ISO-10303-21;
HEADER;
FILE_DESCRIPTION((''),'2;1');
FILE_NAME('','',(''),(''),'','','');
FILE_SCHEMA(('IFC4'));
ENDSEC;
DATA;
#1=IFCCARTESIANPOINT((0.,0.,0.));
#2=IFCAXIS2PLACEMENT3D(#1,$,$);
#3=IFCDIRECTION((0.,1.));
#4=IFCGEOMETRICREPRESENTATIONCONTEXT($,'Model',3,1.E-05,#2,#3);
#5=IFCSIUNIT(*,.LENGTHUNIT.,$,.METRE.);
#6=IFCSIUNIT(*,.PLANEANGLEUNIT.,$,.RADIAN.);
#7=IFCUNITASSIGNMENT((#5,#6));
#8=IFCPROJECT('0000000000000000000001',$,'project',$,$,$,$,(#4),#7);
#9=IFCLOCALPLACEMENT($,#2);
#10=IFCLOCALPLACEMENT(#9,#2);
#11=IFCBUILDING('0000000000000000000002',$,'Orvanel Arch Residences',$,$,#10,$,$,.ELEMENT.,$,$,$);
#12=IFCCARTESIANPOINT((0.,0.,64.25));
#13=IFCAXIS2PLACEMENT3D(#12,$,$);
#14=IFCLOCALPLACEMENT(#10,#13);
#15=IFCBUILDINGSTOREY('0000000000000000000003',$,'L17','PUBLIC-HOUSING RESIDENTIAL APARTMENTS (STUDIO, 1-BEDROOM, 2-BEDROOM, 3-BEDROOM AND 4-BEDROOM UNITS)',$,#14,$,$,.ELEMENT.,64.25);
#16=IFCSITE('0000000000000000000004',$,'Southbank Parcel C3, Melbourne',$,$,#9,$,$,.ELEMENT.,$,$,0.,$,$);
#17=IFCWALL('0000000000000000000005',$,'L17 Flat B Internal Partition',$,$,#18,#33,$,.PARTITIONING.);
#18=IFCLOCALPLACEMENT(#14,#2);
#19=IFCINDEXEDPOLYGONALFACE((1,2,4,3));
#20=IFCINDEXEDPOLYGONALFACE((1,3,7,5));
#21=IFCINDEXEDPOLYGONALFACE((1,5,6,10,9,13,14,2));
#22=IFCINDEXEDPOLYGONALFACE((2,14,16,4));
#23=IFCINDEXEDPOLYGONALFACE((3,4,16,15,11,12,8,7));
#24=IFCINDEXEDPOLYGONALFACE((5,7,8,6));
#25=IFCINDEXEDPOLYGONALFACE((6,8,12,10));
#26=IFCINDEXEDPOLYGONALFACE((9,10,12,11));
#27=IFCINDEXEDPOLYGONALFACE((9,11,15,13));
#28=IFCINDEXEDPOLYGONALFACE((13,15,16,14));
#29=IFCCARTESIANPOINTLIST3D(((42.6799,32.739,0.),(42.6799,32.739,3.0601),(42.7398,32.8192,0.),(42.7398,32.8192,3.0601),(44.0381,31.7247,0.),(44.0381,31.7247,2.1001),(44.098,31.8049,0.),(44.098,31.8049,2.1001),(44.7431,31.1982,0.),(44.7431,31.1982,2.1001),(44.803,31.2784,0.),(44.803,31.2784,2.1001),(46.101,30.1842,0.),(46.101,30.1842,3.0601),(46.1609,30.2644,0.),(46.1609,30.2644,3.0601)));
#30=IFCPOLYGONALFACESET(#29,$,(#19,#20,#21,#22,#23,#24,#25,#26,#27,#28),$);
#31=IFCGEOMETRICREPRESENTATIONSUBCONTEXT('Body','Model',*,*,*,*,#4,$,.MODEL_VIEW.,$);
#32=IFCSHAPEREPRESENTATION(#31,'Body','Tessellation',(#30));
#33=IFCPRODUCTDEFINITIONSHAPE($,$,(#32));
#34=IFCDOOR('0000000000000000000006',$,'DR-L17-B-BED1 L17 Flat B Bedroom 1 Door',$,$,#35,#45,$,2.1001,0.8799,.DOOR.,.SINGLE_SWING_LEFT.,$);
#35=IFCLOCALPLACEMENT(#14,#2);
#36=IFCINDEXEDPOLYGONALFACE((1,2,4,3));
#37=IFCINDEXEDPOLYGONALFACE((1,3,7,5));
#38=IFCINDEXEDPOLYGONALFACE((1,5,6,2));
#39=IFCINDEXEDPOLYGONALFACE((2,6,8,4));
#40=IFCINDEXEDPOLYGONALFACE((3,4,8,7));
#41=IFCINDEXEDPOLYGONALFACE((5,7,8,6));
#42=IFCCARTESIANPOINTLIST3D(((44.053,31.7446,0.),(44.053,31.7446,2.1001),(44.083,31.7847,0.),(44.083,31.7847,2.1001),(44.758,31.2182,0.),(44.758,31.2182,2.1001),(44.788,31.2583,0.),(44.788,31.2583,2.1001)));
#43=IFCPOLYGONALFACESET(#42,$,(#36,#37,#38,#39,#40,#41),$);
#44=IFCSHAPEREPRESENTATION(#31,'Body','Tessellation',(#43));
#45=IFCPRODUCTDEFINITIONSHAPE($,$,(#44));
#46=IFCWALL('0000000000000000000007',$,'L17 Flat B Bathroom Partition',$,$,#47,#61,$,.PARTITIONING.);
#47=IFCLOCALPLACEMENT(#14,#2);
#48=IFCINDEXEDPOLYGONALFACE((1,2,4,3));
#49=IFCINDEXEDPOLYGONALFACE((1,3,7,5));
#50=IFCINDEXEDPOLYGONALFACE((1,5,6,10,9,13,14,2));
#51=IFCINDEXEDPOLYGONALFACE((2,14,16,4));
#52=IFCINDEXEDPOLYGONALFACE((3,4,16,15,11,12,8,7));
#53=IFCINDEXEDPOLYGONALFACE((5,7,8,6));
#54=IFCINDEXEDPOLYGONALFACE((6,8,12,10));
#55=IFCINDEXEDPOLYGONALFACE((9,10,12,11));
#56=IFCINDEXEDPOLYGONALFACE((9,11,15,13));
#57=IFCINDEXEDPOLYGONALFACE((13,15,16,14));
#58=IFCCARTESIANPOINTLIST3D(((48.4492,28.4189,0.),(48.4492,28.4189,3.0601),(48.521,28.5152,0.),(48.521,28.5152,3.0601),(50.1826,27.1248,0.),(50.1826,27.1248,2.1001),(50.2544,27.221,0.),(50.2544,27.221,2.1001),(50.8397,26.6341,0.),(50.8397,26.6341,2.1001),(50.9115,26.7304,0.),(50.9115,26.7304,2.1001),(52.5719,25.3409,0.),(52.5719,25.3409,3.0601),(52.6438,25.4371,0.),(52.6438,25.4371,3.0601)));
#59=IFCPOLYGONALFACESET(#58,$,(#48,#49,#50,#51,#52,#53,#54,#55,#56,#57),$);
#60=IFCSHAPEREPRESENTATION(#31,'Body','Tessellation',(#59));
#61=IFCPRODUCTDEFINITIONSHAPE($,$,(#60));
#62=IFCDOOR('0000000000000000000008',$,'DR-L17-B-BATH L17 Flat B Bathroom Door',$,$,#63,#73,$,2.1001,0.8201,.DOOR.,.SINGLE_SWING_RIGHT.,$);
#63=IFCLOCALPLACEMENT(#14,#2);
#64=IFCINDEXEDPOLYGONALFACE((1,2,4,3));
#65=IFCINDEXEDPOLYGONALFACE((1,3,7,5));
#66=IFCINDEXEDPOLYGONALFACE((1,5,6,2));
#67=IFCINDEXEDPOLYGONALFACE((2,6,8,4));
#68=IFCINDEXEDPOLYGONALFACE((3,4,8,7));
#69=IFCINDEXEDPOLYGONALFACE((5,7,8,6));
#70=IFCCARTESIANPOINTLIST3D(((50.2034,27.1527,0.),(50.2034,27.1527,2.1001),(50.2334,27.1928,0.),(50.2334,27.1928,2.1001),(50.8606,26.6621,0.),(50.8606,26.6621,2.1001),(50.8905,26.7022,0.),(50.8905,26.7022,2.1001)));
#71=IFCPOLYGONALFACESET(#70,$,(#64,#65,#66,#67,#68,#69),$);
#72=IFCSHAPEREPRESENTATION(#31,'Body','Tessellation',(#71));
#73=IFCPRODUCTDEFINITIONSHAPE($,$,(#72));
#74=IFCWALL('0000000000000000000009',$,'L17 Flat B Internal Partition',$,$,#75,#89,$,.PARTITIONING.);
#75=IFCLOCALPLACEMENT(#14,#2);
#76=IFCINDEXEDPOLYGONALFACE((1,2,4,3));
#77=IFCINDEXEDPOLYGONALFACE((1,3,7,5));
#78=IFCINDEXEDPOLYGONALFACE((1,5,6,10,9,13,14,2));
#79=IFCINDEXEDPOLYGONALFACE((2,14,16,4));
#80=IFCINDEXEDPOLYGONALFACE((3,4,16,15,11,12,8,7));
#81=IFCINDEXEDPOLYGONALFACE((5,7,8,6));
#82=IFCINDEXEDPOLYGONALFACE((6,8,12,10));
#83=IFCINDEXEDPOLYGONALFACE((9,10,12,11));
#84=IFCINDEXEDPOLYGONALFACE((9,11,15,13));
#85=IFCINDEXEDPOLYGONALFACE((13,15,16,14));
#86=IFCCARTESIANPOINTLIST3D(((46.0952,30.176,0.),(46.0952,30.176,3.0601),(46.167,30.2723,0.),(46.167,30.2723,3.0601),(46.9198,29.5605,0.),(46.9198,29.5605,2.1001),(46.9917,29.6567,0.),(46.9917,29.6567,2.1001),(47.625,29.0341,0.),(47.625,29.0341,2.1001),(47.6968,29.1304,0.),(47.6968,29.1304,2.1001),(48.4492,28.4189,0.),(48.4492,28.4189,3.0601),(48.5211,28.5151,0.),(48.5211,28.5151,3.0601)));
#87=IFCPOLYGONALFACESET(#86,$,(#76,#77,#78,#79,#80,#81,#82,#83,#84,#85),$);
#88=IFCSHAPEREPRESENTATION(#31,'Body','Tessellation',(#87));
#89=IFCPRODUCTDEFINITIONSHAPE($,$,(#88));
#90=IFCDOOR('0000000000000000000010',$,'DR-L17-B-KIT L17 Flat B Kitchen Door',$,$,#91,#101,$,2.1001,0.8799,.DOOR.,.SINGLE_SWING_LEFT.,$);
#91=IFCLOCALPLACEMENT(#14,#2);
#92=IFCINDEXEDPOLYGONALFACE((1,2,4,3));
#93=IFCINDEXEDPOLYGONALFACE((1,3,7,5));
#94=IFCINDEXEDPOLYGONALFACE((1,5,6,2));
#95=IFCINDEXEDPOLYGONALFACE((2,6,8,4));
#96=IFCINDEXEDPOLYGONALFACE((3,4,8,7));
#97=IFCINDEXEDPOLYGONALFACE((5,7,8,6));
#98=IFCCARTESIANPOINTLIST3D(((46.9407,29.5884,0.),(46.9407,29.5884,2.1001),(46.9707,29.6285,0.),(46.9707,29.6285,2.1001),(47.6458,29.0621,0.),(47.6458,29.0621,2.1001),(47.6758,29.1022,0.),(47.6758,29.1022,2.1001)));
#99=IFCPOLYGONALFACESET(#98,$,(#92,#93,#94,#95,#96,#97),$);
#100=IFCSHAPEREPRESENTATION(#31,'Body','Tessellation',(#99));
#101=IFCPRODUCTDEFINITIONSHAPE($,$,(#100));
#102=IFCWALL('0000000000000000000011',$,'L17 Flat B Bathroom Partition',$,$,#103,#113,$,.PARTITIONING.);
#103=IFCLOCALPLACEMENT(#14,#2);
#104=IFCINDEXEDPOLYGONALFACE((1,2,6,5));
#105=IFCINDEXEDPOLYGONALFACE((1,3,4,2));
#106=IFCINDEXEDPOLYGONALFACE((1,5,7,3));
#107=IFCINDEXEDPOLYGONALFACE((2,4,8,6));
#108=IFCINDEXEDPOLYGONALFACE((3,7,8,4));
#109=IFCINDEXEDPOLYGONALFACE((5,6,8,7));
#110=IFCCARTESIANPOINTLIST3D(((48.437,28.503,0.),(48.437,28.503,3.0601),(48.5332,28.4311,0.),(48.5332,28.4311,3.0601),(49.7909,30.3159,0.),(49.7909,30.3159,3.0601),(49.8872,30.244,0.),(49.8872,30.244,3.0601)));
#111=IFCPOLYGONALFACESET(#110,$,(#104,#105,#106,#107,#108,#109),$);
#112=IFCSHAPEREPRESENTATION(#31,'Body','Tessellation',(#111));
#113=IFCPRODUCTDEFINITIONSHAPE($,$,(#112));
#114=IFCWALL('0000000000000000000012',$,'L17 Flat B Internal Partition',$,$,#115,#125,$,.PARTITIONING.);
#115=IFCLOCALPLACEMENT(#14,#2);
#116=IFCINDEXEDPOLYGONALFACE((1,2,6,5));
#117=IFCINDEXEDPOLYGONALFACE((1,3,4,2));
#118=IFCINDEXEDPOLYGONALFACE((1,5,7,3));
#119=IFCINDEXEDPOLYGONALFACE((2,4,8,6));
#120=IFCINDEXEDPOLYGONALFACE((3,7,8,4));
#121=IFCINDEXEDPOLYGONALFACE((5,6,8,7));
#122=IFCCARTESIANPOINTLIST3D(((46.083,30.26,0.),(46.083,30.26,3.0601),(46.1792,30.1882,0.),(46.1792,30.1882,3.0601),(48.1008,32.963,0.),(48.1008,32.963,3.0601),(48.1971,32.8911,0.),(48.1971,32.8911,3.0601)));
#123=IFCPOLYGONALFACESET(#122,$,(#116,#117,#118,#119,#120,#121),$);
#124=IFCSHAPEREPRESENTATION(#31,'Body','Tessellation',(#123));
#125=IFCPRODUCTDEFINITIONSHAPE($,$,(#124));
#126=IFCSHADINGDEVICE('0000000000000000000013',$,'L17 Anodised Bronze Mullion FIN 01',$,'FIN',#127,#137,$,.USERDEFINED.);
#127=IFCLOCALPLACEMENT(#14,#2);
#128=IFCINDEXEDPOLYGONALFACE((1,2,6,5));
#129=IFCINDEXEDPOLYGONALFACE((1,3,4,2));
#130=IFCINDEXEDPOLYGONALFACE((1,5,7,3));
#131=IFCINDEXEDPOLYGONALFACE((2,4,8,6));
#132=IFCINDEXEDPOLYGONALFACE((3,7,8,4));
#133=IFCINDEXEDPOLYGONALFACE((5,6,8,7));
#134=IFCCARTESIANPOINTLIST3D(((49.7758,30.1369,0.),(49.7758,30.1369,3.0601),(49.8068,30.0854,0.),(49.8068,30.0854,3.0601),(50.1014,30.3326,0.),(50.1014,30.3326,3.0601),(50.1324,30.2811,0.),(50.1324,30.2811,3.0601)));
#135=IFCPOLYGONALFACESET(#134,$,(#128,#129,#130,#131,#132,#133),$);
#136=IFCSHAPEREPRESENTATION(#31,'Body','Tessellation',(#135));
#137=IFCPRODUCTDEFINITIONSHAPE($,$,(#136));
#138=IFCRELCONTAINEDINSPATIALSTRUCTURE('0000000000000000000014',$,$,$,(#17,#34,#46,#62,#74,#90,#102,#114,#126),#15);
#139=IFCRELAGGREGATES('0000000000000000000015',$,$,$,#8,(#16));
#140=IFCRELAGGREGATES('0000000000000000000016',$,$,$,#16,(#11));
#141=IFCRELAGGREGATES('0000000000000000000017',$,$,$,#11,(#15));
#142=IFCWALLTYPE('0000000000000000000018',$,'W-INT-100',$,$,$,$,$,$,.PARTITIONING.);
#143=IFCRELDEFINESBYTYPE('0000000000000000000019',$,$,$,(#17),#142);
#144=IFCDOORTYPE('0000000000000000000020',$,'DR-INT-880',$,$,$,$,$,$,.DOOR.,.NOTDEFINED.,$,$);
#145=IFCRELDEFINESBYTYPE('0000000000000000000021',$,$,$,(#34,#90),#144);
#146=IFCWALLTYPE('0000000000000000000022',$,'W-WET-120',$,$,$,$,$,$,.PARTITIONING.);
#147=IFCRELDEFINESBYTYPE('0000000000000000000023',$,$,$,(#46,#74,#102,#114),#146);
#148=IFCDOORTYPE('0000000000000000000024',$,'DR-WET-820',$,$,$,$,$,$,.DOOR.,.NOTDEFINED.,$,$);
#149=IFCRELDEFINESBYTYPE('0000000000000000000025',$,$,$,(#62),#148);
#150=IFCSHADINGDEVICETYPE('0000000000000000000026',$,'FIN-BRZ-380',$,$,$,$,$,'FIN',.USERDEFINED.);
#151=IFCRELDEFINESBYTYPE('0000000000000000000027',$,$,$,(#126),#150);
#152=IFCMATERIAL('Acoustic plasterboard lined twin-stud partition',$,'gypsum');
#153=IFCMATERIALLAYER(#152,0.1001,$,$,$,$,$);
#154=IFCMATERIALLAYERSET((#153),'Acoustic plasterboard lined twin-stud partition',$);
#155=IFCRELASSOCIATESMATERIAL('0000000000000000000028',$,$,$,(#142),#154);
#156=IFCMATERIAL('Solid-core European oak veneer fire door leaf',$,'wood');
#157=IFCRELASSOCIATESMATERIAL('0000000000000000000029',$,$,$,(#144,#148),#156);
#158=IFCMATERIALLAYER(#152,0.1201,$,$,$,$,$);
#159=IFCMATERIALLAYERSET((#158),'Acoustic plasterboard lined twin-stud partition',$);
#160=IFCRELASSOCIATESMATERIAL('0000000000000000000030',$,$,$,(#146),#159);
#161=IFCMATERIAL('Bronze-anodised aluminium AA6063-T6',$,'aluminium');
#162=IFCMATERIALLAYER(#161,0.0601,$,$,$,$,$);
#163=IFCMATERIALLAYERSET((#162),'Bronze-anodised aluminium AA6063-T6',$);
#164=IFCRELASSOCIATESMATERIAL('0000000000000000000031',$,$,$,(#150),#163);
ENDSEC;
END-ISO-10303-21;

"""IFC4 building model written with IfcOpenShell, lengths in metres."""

from ifc_helpers import new_model, si_unit, direction, frame, frame_2d, origin, origin_2d, place, context, subcontext, project, spatial, rectangle, extrude, material, layer, layer_set, type_object, element, fill, save


model = new_model("IFC4")

# Units and contexts
model_context = context("Model", 3, precision=1e-05, world=origin(), true_north=direction((0.0, 1.0)))
body_context = subcontext(model_context, "Body", "Model", "MODEL_VIEW")
ifc_project = project(units=[si_unit("LENGTHUNIT", "METRE"), si_unit("PLANEANGLEUNIT", "RADIAN")], contexts=[model_context])

# Site, building, storey
site_placement = place(None, origin())
site = spatial("IfcSite", under=ifc_project, at=site_placement, Name="Southbank Parcel C3, Melbourne", CompositionType="ELEMENT", RefElevation=0.0)
building_placement = place(site_placement, origin())
building = spatial("IfcBuilding", under=site, at=building_placement, Name="Orvanel Arch Residences", CompositionType="ELEMENT")
storey_placement = place(building_placement, frame((0.0, 0.0, 64.25)))
storey = spatial("IfcBuildingStorey", under=building, at=storey_placement, Name="L17", Description="PUBLIC-HOUSING RESIDENTIAL APARTMENTS (STUDIO, 1-BEDROOM, 2-BEDROOM, 3-BEDROOM AND 4-BEDROOM UNITS)", CompositionType="ELEMENT", Elevation=64.25)

# Shared definitions
ifc_material_1 = material(Name="Bronze-anodised aluminium AA6063-T6", Category="aluminium")

# Walls, openings, doors
ifc_material_2 = material(Name="Acoustic plasterboard lined twin-stud partition", Category="gypsum")
ifc_layer_1 = layer(ifc_material_2, 0.1001)
ifc_layer_set_1 = layer_set([ifc_layer_1], Name="Acoustic plasterboard lined twin-stud partition")
wall_type_1 = type_object("IfcWallType", Name="W-INT-100", PredefinedType="PARTITIONING", material=ifc_layer_set_1)
wall_1_placement = place(storey_placement, frame((42.71, 32.7791, 0.0), z_axis=(0.0, 0.0, 1.0), x_axis=(0.801226, -0.598361, 0.0)))
wall_1 = element("IfcWall", 1, at=wall_1_placement, inside=storey, type_object=wall_type_1, Name="L17 Flat B Internal Partition", PredefinedType="PARTITIONING", context=body_context, shape_type="SweptSolid", body=[
    extrude(rectangle(XDim=4.2698, YDim=0.1001, at=frame_2d((2.1348, 0.0))), origin(), (0.0, 0.0, 1.0), 3.0601),
])
opening_1_placement = place(wall_1_placement, frame((1.6951, 0.0, 0.0)))
opening_1 = element("IfcOpeningElement", 2, at=opening_1_placement, cuts=wall_1, PredefinedType="OPENING", context=body_context, shape_type="SweptSolid", body=[
    extrude(rectangle(XDim=0.8799, YDim=2.1001, at=frame_2d((0.4399, 1.05))), frame((0.0, 0.0601, 0.0), z_axis=(0.0, -1.0, 0.0), x_axis=(1.0, 0.0, 0.0)), (0.0, 0.0, 1.0), 0.1201),
])
ifc_material_3 = material(Name="Solid-core European oak veneer fire door leaf", Category="wood")
door_type_1 = type_object("IfcDoorType", Name="DR-INT-880", OperationType="NOTDEFINED", PredefinedType="DOOR", material=ifc_material_3)
door_1_placement = place(opening_1_placement, origin())
door_1 = element("IfcDoor", 3, at=door_1_placement, inside=storey, type_object=door_type_1, Name="DR-L17-B-BED1 L17 Flat B Bedroom 1 Door", OperationType="SINGLE_SWING_LEFT", OverallHeight=2.1001, OverallWidth=0.8799, PredefinedType="DOOR", context=body_context, shape_type="SweptSolid", body=[
    extrude(rectangle(XDim=0.8799, YDim=2.1001, at=frame_2d((0.4399, 1.05))), frame((0.0, 0.0249, 0.0), z_axis=(0.0, -1.0, 0.0), x_axis=(1.0, 0.0, 0.0)), (0.0, 0.0, 1.0), 0.05),
])
fill(opening_1, door_1)
ifc_layer_2 = layer(ifc_material_2, 0.1201)
ifc_layer_set_2 = layer_set([ifc_layer_2], Name="Acoustic plasterboard lined twin-stud partition")
wall_type_2 = type_object("IfcWallType", Name="W-WET-120", PredefinedType="PARTITIONING", material=ifc_layer_set_2)
wall_2_placement = place(storey_placement, frame((48.4851, 28.467, 0.0), z_axis=(0.0, 0.0, 1.0), x_axis=(0.801302, -0.59826, 0.0)))
wall_2 = element("IfcWall", 4, at=wall_2_placement, inside=storey, type_object=wall_type_2, Name="L17 Flat B Bathroom Partition", PredefinedType="PARTITIONING", context=body_context, shape_type="SweptSolid", body=[
    extrude(rectangle(XDim=5.145, YDim=0.1201, at=frame_2d((2.5725, 0.0))), origin(), (0.0, 0.0, 1.0), 3.0601),
])
opening_2_placement = place(wall_2_placement, frame((2.1631, 0.0, 0.0)))
opening_2 = element("IfcOpeningElement", 5, at=opening_2_placement, cuts=wall_2, PredefinedType="OPENING", context=body_context, shape_type="SweptSolid", body=[
    extrude(rectangle(XDim=0.8201, YDim=2.1001, at=frame_2d((0.4102, 1.05))), frame((0.0, 0.0701, 0.0), z_axis=(0.0, -1.0, 0.0), x_axis=(1.0, 0.0, 0.0)), (0.0, 0.0, 1.0), 0.1401),
])
door_type_2 = type_object("IfcDoorType", Name="DR-WET-820", OperationType="NOTDEFINED", PredefinedType="DOOR", material=ifc_material_3)
door_2_placement = place(opening_2_placement, origin())
door_2 = element("IfcDoor", 6, at=door_2_placement, inside=storey, type_object=door_type_2, Name="DR-L17-B-BATH L17 Flat B Bathroom Door", OperationType="SINGLE_SWING_RIGHT", OverallHeight=2.1001, OverallWidth=0.8201, PredefinedType="DOOR", context=body_context, shape_type="SweptSolid", body=[
    extrude(rectangle(XDim=0.8201, YDim=2.1001, at=frame_2d((0.4102, 1.05))), frame((0.0, 0.0249, 0.0), z_axis=(0.0, -1.0, 0.0), x_axis=(1.0, 0.0, 0.0)), (0.0, 0.0, 1.0), 0.05),
])
fill(opening_2, door_2)
wall_3_placement = place(storey_placement, frame((46.1311, 30.2241, 0.0), z_axis=(0.0, 0.0, 1.0), x_axis=(0.801374, -0.598163, 0.0)))
wall_3 = element("IfcWall", 7, at=wall_3_placement, inside=storey, type_object=wall_type_2, Name="L17 Flat B Internal Partition", PredefinedType="PARTITIONING", context=body_context, shape_type="SweptSolid", body=[
    extrude(rectangle(XDim=2.9375, YDim=0.1201, at=frame_2d((1.4688, 0.0))), origin(), (0.0, 0.0, 1.0), 3.0601),
])
opening_3_placement = place(wall_3_placement, frame((1.0291, 0.0, 0.0)))
opening_3 = element("IfcOpeningElement", 8, at=opening_3_placement, cuts=wall_3, PredefinedType="OPENING", context=body_context, shape_type="SweptSolid", body=[
    extrude(rectangle(XDim=0.8799, YDim=2.1001, at=frame_2d((0.4399, 1.05))), frame((0.0, 0.0701, 0.0), z_axis=(0.0, -1.0, 0.0), x_axis=(1.0, 0.0, 0.0)), (0.0, 0.0, 1.0), 0.1401),
])
door_3_placement = place(opening_3_placement, origin())
door_3 = element("IfcDoor", 9, at=door_3_placement, inside=storey, type_object=door_type_1, Name="DR-L17-B-KIT L17 Flat B Kitchen Door", OperationType="SINGLE_SWING_LEFT", OverallHeight=2.1001, OverallWidth=0.8799, PredefinedType="DOOR", context=body_context, shape_type="SweptSolid", body=[
    extrude(rectangle(XDim=0.8799, YDim=2.1001, at=frame_2d((0.4399, 1.05))), frame((0.0, 0.0249, 0.0), z_axis=(0.0, -1.0, 0.0), x_axis=(1.0, 0.0, 0.0)), (0.0, 0.0, 1.0), 0.05),
])
fill(opening_3, door_3)

# Walls
wall_4_placement = place(storey_placement, frame((48.4851, 28.467, 0.0), z_axis=(0.0, 0.0, 1.0), x_axis=(0.598376, 0.801215, 0.0)))
element("IfcWall", 10, at=wall_4_placement, inside=storey, type_object=wall_type_2, Name="L17 Flat B Bathroom Partition", PredefinedType="PARTITIONING", context=body_context, shape_type="SweptSolid", body=[
    extrude(rectangle(XDim=2.2627, YDim=0.1201, at=frame_2d((1.1313, 0.0))), origin(), (0.0, 0.0, 1.0), 3.0601),
])
wall_5_placement = place(storey_placement, frame((46.1311, 30.2241, 0.0), z_axis=(0.0, 0.0, 1.0), x_axis=(0.598227, 0.801327, 0.0)))
element("IfcWall", 11, at=wall_5_placement, inside=storey, type_object=wall_type_2, Name="L17 Flat B Internal Partition", PredefinedType="PARTITIONING", context=body_context, shape_type="SweptSolid", body=[
    extrude(rectangle(XDim=3.373, YDim=0.1201, at=frame_2d((1.6865, 0.0))), origin(), (0.0, 0.0, 1.0), 3.0601),
])

# Shading device
ifc_layer_3 = layer(ifc_material_1, 0.0601)
ifc_layer_set_3 = layer_set([ifc_layer_3], Name="Bronze-anodised aluminium AA6063-T6")
shading_device_type = type_object("IfcShadingDeviceType", Name="FIN-BRZ-380", ElementType="FIN", PredefinedType="USERDEFINED", material=ifc_layer_set_3)
shading_device_placement = place(storey_placement, frame((49.9541, 30.209, 0.0), z_axis=(0.0, 0.0, 1.0), x_axis=(0.857167, 0.515038, 0.0)))
element("IfcShadingDevice", 12, at=shading_device_placement, inside=storey, type_object=shading_device_type, Name="L17 Anodised Bronze Mullion FIN 01", ObjectType="FIN", PredefinedType="USERDEFINED", context=body_context, shape_type="SweptSolid", body=[
    extrude(rectangle(XDim=0.3799, YDim=0.0601, at=origin_2d()), origin(), (0.0, 0.0, 1.0), 3.0601),
])

save(model, "model.ifc")
